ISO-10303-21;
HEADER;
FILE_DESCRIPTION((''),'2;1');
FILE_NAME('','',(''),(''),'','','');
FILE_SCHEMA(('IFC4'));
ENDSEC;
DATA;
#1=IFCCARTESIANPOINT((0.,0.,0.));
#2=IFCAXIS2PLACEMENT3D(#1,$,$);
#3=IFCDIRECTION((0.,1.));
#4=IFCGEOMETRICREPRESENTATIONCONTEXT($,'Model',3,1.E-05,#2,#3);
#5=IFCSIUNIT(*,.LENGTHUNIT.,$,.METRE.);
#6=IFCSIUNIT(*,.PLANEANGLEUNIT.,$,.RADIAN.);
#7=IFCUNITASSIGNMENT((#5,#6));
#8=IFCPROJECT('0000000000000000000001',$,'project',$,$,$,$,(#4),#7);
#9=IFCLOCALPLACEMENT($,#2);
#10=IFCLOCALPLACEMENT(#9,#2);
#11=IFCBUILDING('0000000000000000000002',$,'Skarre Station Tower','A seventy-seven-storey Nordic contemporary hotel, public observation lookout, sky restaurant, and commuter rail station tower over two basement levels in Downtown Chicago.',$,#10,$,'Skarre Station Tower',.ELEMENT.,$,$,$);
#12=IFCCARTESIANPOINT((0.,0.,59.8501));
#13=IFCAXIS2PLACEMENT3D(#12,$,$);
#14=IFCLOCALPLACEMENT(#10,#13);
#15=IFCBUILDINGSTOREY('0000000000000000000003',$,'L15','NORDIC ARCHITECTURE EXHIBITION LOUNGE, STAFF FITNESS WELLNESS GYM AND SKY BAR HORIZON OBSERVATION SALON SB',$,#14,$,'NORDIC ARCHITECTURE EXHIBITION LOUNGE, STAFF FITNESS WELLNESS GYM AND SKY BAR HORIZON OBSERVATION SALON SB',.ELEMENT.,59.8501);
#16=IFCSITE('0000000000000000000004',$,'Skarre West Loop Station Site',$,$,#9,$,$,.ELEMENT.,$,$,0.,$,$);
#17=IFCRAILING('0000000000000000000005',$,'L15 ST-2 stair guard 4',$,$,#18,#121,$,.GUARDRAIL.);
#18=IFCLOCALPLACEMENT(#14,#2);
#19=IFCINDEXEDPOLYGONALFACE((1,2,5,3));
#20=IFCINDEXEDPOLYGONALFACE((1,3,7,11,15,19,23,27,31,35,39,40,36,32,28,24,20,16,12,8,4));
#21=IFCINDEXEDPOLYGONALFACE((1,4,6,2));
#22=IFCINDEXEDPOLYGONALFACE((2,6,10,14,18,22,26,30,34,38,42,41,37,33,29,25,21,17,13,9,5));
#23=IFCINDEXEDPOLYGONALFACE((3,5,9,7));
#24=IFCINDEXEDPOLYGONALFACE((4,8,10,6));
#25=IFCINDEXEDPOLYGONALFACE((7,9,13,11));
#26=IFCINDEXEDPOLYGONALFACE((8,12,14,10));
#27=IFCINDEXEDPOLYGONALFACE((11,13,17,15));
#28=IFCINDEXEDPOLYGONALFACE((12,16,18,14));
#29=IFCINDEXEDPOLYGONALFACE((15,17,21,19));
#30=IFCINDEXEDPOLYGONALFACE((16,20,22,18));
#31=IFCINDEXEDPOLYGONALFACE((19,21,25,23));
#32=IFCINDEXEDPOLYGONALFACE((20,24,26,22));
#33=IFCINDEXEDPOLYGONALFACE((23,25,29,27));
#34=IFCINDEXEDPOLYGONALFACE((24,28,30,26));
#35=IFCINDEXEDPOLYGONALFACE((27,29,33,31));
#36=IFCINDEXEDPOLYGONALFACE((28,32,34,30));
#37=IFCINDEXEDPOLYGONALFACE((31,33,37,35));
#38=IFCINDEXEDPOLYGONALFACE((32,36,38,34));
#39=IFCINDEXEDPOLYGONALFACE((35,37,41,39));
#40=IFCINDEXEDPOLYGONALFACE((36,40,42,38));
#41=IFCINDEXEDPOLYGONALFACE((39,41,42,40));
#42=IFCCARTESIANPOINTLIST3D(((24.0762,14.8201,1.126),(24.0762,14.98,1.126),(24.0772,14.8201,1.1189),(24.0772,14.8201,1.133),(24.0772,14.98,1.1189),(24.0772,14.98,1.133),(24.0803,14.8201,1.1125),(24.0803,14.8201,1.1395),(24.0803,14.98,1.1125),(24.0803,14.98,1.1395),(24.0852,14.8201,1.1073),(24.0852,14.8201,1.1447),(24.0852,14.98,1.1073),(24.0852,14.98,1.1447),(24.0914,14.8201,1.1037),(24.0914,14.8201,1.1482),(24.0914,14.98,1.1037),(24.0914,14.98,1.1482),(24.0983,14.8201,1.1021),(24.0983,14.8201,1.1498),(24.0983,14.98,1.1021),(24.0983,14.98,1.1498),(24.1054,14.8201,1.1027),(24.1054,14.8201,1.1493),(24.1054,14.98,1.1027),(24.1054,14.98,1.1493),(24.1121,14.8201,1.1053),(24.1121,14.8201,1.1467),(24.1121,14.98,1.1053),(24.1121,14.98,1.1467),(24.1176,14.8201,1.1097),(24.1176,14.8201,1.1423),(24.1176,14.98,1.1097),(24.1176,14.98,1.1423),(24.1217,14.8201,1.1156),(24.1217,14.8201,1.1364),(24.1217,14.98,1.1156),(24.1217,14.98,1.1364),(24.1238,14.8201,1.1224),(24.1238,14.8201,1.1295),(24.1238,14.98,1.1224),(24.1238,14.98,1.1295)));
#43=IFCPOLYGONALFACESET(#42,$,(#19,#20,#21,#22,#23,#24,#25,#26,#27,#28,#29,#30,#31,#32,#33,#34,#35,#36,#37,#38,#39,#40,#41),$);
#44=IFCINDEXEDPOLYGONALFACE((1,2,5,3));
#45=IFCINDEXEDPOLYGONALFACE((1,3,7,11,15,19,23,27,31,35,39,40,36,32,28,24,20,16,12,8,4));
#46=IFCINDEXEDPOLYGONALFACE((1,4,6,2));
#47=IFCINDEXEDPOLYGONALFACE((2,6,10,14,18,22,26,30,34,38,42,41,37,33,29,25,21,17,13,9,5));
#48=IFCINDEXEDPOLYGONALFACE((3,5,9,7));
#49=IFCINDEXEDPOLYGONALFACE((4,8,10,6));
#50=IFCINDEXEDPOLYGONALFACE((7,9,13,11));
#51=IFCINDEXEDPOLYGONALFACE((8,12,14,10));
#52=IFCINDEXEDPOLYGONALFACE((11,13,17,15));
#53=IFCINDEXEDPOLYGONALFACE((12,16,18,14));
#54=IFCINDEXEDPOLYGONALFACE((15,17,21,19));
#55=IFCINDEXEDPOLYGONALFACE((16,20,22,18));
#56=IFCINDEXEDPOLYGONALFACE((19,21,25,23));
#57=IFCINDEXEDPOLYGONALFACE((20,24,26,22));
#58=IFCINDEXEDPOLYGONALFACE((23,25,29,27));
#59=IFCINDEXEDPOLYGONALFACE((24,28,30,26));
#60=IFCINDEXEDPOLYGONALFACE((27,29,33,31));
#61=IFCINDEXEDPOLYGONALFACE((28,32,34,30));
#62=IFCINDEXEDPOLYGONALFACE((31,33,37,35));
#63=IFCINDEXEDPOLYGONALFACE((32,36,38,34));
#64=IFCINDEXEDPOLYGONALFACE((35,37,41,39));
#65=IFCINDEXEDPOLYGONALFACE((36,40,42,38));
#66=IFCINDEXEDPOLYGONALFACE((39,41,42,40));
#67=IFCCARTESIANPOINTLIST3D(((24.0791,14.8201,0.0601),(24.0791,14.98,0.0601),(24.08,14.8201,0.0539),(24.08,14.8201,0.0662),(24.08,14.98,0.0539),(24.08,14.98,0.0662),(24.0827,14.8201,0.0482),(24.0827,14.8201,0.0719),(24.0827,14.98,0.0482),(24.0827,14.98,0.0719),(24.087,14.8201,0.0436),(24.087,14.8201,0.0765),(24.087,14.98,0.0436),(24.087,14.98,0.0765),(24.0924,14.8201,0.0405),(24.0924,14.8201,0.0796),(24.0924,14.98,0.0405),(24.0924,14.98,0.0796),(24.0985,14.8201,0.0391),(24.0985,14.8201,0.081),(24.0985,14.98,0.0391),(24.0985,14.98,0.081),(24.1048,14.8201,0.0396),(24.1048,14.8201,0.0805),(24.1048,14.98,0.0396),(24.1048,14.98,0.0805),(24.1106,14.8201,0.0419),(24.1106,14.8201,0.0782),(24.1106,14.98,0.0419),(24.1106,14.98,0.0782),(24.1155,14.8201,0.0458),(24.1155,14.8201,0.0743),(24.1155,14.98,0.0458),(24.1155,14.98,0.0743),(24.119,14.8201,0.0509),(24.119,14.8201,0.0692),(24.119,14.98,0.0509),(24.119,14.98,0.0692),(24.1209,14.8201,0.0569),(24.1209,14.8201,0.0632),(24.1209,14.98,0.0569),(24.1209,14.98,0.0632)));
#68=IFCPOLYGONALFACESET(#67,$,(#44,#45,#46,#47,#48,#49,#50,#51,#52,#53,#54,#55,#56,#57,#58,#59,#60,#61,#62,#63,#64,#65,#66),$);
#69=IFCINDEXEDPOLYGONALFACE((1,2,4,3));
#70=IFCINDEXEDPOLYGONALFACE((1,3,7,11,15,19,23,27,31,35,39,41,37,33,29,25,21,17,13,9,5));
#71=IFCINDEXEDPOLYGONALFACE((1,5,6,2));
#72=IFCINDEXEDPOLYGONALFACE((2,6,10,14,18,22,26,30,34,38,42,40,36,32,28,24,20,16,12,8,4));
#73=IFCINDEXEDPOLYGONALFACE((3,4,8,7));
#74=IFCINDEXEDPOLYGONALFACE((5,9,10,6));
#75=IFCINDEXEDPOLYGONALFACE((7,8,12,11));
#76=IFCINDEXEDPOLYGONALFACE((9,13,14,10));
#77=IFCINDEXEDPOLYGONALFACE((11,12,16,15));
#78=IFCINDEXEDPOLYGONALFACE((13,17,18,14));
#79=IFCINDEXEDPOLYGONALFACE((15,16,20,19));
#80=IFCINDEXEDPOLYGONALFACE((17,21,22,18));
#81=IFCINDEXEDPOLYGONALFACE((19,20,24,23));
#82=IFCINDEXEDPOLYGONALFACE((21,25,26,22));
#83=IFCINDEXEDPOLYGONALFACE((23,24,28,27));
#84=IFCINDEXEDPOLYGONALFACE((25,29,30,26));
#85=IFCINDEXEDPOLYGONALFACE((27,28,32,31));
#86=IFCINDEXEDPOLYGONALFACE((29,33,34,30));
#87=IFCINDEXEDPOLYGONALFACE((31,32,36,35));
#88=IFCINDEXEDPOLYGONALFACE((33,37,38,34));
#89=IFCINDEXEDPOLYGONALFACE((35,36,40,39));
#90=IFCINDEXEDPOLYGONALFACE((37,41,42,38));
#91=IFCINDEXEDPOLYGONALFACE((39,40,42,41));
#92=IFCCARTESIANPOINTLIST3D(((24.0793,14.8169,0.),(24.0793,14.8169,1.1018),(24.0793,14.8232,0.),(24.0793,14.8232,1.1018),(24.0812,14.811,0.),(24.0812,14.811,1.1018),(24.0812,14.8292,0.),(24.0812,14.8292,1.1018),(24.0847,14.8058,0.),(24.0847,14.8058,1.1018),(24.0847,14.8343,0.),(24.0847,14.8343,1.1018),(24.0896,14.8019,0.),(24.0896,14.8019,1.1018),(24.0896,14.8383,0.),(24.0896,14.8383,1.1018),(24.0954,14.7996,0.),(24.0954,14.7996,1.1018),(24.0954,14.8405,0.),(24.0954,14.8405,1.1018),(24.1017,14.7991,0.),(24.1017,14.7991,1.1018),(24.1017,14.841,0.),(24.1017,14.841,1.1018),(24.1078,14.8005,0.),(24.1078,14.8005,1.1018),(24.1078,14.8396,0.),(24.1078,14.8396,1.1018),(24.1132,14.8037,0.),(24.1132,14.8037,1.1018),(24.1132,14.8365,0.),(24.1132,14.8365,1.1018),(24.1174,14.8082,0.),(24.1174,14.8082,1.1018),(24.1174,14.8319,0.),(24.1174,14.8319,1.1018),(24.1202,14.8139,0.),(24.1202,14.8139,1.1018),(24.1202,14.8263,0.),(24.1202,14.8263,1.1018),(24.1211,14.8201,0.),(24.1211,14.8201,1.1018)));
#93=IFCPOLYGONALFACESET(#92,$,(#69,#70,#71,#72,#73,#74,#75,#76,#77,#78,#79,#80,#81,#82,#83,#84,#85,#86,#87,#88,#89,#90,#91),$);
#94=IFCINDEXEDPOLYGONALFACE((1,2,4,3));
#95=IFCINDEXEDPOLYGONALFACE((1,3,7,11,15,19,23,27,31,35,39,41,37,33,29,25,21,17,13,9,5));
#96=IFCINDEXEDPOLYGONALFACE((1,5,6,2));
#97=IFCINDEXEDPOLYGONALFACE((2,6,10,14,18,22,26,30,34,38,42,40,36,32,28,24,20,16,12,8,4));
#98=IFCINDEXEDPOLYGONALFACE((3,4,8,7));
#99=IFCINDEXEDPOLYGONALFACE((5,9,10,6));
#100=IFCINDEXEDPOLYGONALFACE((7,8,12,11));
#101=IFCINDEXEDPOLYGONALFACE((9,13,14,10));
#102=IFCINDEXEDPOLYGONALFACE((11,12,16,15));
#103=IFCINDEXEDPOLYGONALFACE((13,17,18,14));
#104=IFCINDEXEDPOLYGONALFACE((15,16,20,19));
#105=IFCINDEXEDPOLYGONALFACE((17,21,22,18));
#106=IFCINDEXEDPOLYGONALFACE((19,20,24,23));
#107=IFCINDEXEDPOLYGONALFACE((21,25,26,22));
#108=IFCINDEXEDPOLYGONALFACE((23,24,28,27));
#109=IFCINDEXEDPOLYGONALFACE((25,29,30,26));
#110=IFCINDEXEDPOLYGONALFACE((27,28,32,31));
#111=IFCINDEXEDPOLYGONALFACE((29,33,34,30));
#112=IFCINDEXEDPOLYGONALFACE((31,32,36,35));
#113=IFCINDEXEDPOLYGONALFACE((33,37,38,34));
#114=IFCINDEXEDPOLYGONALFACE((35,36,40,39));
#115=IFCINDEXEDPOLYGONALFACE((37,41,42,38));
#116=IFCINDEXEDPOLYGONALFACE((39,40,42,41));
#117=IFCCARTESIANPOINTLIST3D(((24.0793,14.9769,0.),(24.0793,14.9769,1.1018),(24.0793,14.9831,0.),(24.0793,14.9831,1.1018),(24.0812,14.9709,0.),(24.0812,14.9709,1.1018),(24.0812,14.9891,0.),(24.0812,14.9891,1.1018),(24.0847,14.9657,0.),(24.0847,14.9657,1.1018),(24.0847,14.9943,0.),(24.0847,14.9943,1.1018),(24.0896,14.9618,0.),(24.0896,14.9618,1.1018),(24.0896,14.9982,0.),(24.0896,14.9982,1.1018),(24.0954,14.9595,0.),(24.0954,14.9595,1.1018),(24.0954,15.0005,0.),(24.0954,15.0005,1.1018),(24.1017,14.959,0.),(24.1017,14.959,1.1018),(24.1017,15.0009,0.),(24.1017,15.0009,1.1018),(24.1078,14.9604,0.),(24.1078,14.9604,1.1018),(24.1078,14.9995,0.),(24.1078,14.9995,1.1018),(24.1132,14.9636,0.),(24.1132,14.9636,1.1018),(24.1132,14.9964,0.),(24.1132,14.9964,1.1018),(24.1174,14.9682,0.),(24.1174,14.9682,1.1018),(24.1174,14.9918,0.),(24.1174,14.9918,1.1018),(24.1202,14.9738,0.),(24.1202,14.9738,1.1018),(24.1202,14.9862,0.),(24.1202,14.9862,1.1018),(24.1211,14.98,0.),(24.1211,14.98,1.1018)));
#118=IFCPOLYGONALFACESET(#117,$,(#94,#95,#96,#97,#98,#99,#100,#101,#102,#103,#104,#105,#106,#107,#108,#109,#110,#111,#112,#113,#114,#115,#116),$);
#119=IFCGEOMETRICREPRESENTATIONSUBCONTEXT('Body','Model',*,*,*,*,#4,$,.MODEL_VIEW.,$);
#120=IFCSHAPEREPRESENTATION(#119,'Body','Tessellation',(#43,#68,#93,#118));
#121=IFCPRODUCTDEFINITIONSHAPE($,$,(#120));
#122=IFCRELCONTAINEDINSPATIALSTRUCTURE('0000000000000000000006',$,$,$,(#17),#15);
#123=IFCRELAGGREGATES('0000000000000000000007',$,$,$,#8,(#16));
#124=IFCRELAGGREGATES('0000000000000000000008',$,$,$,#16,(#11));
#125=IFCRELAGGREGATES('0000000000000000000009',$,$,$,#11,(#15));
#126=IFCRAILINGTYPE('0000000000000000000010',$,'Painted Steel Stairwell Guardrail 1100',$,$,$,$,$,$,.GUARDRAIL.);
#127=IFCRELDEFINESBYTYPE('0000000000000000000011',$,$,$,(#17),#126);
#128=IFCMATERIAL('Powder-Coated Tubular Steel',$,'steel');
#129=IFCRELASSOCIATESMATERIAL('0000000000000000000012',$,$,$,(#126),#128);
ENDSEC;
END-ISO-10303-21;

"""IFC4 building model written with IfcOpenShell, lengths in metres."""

from ifc_helpers import new_model, si_unit, direction, frame, origin, origin_2d, place, context, subcontext, project, spatial, circle, extrude, material, type_object, element, save


model = new_model("IFC4")

# Units and contexts
model_context = context("Model", 3, precision=1e-05, world=origin(), true_north=direction((0.0, 1.0)))
body_context = subcontext(model_context, "Body", "Model", "MODEL_VIEW")
ifc_project = project(units=[si_unit("LENGTHUNIT", "METRE"), si_unit("PLANEANGLEUNIT", "RADIAN")], contexts=[model_context])

# Site, building, storey
site_placement = place(None, origin())
site = spatial("IfcSite", under=ifc_project, at=site_placement, Name="Skarre West Loop Station Site", CompositionType="ELEMENT", RefElevation=0.0)
building_placement = place(site_placement, origin())
building = spatial("IfcBuilding", under=site, at=building_placement, Name="Skarre Station Tower", Description="A seventy-seven-storey Nordic contemporary hotel, public observation lookout, sky restaurant, and commuter rail station tower over two basement levels in Downtown Chicago.", LongName="Skarre Station Tower", CompositionType="ELEMENT")
storey_placement = place(building_placement, frame((0.0, 0.0, 59.8501)))
storey = spatial("IfcBuildingStorey", under=building, at=storey_placement, Name="L15", Description="NORDIC ARCHITECTURE EXHIBITION LOUNGE, STAFF FITNESS WELLNESS GYM AND SKY BAR HORIZON OBSERVATION SALON SB", LongName="NORDIC ARCHITECTURE EXHIBITION LOUNGE, STAFF FITNESS WELLNESS GYM AND SKY BAR HORIZON OBSERVATION SALON SB", CompositionType="ELEMENT", Elevation=59.8501)

# Railing
ifc_material_1 = material(Name="Powder-Coated Tubular Steel", Category="steel")
railing_type_1 = type_object("IfcRailingType", Name="Painted Steel Stairwell Guardrail 1100", PredefinedType="GUARDRAIL", material=ifc_material_1)
railing_1_placement = place(storey_placement, frame((24.1001, 14.8201, 0.0)))
element("IfcRailing", 1, at=railing_1_placement, inside=storey, type_object=railing_type_1, Name="L15 ST-2 stair guard 4", PredefinedType="GUARDRAIL", context=body_context, shape_type="SweptSolid", body=[
    extrude(circle(Radius=0.0239, at=origin_2d()), frame((0.0, 0.0, 1.126), z_axis=(0.0, 1.0, 0.0), x_axis=(-1.0, 0.0, 0.0)), (0.0, 0.0, 1.0), 0.1599),
    extrude(circle(Radius=0.021, at=origin_2d()), frame((0.0, 0.0, 0.0601), z_axis=(0.0, 1.0, 0.0), x_axis=(-1.0, 0.0, 0.0)), (0.0, 0.0, 1.0), 0.1599),
    extrude(circle(Radius=0.021, at=origin_2d()), origin(), (0.0, 0.0, 1.0), 1.1018),
    extrude(circle(Radius=0.021, at=origin_2d()), frame((0.0, 0.1599, 0.0)), (0.0, 0.0, 1.0), 1.1018),
])

save(model, "model.ifc")
